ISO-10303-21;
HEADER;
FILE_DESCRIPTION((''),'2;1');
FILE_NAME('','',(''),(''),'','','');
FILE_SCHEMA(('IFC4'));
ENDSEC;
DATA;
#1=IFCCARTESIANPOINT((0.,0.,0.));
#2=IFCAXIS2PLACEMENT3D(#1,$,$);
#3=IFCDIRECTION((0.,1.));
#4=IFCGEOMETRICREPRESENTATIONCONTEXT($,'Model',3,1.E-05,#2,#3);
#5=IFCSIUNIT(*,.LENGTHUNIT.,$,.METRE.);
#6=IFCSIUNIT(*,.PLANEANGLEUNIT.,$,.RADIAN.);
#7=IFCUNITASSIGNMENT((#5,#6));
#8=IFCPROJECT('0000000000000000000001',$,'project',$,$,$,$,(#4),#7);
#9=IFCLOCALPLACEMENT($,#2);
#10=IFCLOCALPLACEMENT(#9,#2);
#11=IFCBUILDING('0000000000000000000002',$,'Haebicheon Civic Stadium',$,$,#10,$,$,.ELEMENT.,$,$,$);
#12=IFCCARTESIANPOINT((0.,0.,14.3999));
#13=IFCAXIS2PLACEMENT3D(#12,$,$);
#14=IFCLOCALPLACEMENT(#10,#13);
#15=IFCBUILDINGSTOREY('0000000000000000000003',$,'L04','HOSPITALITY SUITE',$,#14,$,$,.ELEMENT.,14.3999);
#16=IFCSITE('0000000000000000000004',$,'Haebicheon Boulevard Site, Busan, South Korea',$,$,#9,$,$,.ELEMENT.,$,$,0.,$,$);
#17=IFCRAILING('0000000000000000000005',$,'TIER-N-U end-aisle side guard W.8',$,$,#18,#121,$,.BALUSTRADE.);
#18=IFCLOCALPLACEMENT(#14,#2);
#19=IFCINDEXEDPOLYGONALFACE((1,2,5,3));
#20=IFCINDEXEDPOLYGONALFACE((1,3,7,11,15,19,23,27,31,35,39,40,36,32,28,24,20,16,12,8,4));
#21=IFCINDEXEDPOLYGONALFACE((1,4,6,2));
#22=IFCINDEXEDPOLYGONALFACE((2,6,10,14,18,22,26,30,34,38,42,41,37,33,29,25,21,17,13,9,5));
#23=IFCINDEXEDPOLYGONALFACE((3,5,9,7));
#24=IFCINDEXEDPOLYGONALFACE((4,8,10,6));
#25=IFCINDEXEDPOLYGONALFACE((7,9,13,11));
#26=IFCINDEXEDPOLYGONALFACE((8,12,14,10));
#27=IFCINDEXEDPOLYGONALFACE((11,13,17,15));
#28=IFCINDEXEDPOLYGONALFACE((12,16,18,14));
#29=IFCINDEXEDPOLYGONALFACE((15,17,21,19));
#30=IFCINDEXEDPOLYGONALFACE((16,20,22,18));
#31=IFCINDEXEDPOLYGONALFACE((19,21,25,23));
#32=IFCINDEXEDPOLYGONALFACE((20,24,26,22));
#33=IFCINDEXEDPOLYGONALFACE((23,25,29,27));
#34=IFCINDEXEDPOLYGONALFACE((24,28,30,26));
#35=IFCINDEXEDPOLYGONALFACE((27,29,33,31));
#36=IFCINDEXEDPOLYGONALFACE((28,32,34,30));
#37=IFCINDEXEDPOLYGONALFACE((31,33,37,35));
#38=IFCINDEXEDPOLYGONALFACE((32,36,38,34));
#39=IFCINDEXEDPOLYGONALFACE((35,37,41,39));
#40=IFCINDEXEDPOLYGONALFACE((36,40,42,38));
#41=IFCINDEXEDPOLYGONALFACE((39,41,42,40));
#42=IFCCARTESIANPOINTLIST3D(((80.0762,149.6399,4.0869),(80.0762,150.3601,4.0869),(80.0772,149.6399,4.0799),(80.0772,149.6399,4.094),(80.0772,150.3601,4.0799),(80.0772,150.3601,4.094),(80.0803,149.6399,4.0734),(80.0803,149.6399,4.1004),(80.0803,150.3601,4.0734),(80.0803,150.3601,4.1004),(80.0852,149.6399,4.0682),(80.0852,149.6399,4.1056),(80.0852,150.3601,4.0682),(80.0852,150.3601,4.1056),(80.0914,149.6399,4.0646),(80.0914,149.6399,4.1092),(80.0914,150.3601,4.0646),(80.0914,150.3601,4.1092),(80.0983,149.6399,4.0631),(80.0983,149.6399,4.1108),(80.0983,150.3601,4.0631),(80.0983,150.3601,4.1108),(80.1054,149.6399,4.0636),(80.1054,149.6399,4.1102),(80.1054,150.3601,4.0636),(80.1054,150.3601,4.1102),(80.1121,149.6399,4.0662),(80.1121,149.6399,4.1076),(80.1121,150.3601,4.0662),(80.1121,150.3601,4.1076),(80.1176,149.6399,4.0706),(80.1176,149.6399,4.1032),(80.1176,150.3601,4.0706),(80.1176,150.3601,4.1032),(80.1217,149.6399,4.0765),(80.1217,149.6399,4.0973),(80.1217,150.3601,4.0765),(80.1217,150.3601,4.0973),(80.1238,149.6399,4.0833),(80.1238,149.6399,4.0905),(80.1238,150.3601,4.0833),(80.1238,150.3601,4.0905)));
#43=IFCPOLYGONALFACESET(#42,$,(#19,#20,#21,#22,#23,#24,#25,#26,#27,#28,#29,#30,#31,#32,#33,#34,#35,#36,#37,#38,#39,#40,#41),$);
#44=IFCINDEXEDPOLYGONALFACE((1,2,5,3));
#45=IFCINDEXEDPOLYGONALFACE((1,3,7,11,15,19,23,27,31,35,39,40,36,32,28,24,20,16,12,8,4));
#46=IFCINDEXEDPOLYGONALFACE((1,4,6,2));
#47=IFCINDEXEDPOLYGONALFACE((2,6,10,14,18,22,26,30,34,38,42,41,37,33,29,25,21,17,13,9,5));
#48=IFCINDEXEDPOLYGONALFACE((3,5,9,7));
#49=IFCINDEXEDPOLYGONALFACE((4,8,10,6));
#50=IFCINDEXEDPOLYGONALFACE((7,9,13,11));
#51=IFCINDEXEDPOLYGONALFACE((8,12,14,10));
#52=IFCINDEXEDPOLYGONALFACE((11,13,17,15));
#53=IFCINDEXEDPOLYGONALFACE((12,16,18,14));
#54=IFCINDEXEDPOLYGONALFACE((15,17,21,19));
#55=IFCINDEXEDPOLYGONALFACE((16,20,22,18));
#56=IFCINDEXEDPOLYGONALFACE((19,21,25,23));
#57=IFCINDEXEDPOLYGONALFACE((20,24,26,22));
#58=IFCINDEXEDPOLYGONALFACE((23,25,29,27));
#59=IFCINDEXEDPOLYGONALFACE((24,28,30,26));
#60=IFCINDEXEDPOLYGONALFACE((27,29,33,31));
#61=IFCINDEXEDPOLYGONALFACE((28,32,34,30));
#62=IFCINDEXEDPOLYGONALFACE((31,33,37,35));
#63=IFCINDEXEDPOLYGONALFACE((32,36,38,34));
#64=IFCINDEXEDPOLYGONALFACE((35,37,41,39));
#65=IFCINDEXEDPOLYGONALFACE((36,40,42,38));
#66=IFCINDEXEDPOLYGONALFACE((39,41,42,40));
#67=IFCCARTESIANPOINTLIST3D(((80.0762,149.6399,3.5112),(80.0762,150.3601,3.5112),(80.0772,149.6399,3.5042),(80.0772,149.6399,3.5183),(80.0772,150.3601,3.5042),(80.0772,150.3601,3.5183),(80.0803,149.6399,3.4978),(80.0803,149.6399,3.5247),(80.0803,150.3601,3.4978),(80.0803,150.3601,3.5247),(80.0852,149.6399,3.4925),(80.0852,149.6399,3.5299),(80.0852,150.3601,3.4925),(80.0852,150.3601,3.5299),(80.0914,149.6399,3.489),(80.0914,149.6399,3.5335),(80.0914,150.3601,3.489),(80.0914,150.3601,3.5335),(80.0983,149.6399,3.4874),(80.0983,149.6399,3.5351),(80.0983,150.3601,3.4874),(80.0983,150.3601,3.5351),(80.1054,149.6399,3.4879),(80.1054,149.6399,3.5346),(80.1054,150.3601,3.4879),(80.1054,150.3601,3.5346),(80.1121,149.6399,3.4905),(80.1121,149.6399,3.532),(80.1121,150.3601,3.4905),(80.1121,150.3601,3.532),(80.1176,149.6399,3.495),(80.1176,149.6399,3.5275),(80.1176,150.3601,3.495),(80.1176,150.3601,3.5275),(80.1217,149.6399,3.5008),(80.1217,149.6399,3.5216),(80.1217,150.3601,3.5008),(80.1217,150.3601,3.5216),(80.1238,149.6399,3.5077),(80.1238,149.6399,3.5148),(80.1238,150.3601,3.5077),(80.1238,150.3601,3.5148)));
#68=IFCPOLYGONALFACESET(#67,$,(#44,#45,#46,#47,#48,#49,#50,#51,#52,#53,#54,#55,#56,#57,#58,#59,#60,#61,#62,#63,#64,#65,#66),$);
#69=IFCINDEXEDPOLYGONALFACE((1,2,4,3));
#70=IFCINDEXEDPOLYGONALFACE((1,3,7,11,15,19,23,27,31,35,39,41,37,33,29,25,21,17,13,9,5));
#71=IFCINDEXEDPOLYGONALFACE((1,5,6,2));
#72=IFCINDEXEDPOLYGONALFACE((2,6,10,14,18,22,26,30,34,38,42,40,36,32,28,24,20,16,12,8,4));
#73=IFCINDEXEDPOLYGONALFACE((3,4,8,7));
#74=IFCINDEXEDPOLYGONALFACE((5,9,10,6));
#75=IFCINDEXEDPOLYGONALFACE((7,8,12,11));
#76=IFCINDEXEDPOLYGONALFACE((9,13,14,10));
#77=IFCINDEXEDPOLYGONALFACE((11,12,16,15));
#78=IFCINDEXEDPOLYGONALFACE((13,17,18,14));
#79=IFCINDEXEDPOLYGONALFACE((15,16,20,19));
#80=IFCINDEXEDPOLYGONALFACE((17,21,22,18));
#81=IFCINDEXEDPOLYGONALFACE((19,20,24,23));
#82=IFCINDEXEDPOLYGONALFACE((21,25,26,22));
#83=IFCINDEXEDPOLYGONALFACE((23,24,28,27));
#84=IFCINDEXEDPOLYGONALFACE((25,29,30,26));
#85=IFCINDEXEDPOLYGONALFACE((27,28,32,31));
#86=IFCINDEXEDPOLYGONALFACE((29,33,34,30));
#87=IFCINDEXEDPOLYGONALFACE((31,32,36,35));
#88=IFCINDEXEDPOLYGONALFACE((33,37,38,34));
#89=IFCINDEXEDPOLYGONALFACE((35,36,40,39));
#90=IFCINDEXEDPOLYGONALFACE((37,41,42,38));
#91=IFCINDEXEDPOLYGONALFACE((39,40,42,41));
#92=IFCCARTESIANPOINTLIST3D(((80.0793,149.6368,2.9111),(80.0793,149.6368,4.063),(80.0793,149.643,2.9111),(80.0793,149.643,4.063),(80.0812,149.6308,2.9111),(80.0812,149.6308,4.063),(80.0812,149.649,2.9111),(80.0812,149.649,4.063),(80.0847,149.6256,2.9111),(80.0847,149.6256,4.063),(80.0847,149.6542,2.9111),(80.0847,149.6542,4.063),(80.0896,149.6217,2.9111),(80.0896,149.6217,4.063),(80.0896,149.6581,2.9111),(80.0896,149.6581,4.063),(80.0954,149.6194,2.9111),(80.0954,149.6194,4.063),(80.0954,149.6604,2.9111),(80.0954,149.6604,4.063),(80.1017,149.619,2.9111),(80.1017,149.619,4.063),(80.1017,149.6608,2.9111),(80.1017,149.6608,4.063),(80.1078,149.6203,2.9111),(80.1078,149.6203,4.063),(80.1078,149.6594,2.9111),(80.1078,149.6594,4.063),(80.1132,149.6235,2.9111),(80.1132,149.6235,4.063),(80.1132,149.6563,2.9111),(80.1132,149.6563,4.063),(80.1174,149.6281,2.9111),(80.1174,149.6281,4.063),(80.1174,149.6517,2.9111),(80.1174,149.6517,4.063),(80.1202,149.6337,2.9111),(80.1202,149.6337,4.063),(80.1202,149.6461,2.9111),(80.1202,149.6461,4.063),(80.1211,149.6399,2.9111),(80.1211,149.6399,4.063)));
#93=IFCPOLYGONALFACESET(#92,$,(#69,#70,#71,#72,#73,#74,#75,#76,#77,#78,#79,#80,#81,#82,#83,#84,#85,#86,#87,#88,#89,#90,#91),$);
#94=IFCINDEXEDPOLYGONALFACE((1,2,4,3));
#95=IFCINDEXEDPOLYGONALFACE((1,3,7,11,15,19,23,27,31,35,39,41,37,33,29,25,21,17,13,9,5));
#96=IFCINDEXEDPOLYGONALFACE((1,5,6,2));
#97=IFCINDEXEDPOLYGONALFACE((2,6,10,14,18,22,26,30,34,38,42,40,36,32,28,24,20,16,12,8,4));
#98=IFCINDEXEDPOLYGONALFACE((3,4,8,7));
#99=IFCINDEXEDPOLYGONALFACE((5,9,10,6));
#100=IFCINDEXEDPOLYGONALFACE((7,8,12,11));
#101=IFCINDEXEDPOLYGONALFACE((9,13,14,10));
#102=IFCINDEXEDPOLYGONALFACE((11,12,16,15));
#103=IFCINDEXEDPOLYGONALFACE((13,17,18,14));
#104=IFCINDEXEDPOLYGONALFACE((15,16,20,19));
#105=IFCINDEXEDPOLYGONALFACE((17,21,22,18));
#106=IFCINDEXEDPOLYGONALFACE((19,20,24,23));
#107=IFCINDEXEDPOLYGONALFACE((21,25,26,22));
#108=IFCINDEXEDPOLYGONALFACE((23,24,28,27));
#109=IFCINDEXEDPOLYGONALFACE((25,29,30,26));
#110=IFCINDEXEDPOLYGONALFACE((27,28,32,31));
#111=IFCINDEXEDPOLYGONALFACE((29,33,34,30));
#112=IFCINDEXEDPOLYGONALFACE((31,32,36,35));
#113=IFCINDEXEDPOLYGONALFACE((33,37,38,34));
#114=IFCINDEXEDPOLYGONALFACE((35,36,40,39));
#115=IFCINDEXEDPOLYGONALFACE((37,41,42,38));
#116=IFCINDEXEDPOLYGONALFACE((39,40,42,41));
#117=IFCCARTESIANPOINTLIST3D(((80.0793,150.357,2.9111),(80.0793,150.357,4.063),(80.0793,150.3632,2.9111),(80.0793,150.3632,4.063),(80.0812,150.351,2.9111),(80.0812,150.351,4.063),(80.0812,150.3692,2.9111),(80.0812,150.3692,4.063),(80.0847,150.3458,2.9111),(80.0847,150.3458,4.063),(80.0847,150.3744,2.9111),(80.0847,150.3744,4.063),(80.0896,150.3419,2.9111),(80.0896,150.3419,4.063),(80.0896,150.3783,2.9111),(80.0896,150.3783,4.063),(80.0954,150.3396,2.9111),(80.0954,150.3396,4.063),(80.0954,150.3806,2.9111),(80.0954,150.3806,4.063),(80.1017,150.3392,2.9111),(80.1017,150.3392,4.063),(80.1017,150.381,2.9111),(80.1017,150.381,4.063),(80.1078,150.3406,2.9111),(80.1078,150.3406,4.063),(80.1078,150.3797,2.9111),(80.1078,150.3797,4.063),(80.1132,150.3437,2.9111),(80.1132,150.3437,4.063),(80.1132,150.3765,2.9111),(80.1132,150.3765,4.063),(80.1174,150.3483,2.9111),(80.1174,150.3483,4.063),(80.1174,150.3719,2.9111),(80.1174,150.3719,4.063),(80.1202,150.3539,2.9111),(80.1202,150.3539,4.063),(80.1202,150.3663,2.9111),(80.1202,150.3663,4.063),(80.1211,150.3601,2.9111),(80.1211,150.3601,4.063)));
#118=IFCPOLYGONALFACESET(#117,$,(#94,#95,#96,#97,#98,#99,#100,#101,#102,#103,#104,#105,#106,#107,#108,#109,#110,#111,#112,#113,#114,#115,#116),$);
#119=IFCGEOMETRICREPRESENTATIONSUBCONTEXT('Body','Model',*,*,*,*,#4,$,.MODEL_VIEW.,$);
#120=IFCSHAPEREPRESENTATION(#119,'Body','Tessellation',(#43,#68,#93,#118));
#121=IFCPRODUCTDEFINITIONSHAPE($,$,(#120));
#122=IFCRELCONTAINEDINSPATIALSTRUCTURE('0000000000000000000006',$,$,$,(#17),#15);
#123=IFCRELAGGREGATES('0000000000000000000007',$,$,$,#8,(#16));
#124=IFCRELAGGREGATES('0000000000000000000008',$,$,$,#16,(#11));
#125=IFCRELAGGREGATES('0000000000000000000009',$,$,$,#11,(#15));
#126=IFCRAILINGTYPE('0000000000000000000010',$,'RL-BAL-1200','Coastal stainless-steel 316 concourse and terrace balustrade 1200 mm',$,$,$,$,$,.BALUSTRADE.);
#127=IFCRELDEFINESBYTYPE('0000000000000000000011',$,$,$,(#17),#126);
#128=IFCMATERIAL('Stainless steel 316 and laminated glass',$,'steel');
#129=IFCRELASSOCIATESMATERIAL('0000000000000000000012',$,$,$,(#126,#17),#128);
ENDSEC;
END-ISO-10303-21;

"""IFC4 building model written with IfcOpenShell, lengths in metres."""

from ifc_helpers import new_model, si_unit, direction, frame, origin, origin_2d, place, context, subcontext, project, spatial, circle, extrude, material, type_object, element, save


model = new_model("IFC4")

# Units and contexts
model_context = context("Model", 3, precision=1e-05, world=origin(), true_north=direction((0.0, 1.0)))
body_context = subcontext(model_context, "Body", "Model", "MODEL_VIEW")
ifc_project = project(units=[si_unit("LENGTHUNIT", "METRE"), si_unit("PLANEANGLEUNIT", "RADIAN")], contexts=[model_context])

# Site, building, storey
site_placement = place(None, origin())
site = spatial("IfcSite", under=ifc_project, at=site_placement, Name="Haebicheon Boulevard Site, Busan, South Korea", CompositionType="ELEMENT", RefElevation=0.0)
building_placement = place(site_placement, origin())
building = spatial("IfcBuilding", under=site, at=building_placement, Name="Haebicheon Civic Stadium", CompositionType="ELEMENT")
storey_placement = place(building_placement, frame((0.0, 0.0, 14.3999)))
storey = spatial("IfcBuildingStorey", under=building, at=storey_placement, Name="L04", Description="HOSPITALITY SUITE", CompositionType="ELEMENT", Elevation=14.3999)

# Railing
ifc_material_1 = material(Name="Stainless steel 316 and laminated glass", Category="steel")
railing_type = type_object("IfcRailingType", Name="RL-BAL-1200", Description="Coastal stainless-steel 316 concourse and terrace balustrade 1200 mm", PredefinedType="BALUSTRADE", material=ifc_material_1)
railing_1_placement = place(storey_placement, frame((80.1001, 149.6399, 2.9111)))
element("IfcRailing", 1, at=railing_1_placement, inside=storey, type_object=railing_type, material=ifc_material_1, Name="TIER-N-U end-aisle side guard W.8", PredefinedType="BALUSTRADE", context=body_context, shape_type="SweptSolid", body=[
    extrude(circle(Radius=0.0239, at=origin_2d()), frame((0.0, 0.0, 1.1758), z_axis=(0.0, 1.0, 0.0), x_axis=(-1.0, 0.0, 0.0)), (0.0, 0.0, 1.0), 0.7202),
    extrude(circle(Radius=0.0239, at=origin_2d()), frame((0.0, 0.0, 0.6001), z_axis=(0.0, 1.0, 0.0), x_axis=(-1.0, 0.0, 0.0)), (0.0, 0.0, 1.0), 0.7202),
    extrude(circle(Radius=0.021, at=origin_2d()), origin(), (0.0, 0.0, 1.0), 1.1519),
    extrude(circle(Radius=0.021, at=origin_2d()), frame((0.0, 0.7202, 0.0)), (0.0, 0.0, 1.0), 1.1519),
])

save(model, "model.ifc")
